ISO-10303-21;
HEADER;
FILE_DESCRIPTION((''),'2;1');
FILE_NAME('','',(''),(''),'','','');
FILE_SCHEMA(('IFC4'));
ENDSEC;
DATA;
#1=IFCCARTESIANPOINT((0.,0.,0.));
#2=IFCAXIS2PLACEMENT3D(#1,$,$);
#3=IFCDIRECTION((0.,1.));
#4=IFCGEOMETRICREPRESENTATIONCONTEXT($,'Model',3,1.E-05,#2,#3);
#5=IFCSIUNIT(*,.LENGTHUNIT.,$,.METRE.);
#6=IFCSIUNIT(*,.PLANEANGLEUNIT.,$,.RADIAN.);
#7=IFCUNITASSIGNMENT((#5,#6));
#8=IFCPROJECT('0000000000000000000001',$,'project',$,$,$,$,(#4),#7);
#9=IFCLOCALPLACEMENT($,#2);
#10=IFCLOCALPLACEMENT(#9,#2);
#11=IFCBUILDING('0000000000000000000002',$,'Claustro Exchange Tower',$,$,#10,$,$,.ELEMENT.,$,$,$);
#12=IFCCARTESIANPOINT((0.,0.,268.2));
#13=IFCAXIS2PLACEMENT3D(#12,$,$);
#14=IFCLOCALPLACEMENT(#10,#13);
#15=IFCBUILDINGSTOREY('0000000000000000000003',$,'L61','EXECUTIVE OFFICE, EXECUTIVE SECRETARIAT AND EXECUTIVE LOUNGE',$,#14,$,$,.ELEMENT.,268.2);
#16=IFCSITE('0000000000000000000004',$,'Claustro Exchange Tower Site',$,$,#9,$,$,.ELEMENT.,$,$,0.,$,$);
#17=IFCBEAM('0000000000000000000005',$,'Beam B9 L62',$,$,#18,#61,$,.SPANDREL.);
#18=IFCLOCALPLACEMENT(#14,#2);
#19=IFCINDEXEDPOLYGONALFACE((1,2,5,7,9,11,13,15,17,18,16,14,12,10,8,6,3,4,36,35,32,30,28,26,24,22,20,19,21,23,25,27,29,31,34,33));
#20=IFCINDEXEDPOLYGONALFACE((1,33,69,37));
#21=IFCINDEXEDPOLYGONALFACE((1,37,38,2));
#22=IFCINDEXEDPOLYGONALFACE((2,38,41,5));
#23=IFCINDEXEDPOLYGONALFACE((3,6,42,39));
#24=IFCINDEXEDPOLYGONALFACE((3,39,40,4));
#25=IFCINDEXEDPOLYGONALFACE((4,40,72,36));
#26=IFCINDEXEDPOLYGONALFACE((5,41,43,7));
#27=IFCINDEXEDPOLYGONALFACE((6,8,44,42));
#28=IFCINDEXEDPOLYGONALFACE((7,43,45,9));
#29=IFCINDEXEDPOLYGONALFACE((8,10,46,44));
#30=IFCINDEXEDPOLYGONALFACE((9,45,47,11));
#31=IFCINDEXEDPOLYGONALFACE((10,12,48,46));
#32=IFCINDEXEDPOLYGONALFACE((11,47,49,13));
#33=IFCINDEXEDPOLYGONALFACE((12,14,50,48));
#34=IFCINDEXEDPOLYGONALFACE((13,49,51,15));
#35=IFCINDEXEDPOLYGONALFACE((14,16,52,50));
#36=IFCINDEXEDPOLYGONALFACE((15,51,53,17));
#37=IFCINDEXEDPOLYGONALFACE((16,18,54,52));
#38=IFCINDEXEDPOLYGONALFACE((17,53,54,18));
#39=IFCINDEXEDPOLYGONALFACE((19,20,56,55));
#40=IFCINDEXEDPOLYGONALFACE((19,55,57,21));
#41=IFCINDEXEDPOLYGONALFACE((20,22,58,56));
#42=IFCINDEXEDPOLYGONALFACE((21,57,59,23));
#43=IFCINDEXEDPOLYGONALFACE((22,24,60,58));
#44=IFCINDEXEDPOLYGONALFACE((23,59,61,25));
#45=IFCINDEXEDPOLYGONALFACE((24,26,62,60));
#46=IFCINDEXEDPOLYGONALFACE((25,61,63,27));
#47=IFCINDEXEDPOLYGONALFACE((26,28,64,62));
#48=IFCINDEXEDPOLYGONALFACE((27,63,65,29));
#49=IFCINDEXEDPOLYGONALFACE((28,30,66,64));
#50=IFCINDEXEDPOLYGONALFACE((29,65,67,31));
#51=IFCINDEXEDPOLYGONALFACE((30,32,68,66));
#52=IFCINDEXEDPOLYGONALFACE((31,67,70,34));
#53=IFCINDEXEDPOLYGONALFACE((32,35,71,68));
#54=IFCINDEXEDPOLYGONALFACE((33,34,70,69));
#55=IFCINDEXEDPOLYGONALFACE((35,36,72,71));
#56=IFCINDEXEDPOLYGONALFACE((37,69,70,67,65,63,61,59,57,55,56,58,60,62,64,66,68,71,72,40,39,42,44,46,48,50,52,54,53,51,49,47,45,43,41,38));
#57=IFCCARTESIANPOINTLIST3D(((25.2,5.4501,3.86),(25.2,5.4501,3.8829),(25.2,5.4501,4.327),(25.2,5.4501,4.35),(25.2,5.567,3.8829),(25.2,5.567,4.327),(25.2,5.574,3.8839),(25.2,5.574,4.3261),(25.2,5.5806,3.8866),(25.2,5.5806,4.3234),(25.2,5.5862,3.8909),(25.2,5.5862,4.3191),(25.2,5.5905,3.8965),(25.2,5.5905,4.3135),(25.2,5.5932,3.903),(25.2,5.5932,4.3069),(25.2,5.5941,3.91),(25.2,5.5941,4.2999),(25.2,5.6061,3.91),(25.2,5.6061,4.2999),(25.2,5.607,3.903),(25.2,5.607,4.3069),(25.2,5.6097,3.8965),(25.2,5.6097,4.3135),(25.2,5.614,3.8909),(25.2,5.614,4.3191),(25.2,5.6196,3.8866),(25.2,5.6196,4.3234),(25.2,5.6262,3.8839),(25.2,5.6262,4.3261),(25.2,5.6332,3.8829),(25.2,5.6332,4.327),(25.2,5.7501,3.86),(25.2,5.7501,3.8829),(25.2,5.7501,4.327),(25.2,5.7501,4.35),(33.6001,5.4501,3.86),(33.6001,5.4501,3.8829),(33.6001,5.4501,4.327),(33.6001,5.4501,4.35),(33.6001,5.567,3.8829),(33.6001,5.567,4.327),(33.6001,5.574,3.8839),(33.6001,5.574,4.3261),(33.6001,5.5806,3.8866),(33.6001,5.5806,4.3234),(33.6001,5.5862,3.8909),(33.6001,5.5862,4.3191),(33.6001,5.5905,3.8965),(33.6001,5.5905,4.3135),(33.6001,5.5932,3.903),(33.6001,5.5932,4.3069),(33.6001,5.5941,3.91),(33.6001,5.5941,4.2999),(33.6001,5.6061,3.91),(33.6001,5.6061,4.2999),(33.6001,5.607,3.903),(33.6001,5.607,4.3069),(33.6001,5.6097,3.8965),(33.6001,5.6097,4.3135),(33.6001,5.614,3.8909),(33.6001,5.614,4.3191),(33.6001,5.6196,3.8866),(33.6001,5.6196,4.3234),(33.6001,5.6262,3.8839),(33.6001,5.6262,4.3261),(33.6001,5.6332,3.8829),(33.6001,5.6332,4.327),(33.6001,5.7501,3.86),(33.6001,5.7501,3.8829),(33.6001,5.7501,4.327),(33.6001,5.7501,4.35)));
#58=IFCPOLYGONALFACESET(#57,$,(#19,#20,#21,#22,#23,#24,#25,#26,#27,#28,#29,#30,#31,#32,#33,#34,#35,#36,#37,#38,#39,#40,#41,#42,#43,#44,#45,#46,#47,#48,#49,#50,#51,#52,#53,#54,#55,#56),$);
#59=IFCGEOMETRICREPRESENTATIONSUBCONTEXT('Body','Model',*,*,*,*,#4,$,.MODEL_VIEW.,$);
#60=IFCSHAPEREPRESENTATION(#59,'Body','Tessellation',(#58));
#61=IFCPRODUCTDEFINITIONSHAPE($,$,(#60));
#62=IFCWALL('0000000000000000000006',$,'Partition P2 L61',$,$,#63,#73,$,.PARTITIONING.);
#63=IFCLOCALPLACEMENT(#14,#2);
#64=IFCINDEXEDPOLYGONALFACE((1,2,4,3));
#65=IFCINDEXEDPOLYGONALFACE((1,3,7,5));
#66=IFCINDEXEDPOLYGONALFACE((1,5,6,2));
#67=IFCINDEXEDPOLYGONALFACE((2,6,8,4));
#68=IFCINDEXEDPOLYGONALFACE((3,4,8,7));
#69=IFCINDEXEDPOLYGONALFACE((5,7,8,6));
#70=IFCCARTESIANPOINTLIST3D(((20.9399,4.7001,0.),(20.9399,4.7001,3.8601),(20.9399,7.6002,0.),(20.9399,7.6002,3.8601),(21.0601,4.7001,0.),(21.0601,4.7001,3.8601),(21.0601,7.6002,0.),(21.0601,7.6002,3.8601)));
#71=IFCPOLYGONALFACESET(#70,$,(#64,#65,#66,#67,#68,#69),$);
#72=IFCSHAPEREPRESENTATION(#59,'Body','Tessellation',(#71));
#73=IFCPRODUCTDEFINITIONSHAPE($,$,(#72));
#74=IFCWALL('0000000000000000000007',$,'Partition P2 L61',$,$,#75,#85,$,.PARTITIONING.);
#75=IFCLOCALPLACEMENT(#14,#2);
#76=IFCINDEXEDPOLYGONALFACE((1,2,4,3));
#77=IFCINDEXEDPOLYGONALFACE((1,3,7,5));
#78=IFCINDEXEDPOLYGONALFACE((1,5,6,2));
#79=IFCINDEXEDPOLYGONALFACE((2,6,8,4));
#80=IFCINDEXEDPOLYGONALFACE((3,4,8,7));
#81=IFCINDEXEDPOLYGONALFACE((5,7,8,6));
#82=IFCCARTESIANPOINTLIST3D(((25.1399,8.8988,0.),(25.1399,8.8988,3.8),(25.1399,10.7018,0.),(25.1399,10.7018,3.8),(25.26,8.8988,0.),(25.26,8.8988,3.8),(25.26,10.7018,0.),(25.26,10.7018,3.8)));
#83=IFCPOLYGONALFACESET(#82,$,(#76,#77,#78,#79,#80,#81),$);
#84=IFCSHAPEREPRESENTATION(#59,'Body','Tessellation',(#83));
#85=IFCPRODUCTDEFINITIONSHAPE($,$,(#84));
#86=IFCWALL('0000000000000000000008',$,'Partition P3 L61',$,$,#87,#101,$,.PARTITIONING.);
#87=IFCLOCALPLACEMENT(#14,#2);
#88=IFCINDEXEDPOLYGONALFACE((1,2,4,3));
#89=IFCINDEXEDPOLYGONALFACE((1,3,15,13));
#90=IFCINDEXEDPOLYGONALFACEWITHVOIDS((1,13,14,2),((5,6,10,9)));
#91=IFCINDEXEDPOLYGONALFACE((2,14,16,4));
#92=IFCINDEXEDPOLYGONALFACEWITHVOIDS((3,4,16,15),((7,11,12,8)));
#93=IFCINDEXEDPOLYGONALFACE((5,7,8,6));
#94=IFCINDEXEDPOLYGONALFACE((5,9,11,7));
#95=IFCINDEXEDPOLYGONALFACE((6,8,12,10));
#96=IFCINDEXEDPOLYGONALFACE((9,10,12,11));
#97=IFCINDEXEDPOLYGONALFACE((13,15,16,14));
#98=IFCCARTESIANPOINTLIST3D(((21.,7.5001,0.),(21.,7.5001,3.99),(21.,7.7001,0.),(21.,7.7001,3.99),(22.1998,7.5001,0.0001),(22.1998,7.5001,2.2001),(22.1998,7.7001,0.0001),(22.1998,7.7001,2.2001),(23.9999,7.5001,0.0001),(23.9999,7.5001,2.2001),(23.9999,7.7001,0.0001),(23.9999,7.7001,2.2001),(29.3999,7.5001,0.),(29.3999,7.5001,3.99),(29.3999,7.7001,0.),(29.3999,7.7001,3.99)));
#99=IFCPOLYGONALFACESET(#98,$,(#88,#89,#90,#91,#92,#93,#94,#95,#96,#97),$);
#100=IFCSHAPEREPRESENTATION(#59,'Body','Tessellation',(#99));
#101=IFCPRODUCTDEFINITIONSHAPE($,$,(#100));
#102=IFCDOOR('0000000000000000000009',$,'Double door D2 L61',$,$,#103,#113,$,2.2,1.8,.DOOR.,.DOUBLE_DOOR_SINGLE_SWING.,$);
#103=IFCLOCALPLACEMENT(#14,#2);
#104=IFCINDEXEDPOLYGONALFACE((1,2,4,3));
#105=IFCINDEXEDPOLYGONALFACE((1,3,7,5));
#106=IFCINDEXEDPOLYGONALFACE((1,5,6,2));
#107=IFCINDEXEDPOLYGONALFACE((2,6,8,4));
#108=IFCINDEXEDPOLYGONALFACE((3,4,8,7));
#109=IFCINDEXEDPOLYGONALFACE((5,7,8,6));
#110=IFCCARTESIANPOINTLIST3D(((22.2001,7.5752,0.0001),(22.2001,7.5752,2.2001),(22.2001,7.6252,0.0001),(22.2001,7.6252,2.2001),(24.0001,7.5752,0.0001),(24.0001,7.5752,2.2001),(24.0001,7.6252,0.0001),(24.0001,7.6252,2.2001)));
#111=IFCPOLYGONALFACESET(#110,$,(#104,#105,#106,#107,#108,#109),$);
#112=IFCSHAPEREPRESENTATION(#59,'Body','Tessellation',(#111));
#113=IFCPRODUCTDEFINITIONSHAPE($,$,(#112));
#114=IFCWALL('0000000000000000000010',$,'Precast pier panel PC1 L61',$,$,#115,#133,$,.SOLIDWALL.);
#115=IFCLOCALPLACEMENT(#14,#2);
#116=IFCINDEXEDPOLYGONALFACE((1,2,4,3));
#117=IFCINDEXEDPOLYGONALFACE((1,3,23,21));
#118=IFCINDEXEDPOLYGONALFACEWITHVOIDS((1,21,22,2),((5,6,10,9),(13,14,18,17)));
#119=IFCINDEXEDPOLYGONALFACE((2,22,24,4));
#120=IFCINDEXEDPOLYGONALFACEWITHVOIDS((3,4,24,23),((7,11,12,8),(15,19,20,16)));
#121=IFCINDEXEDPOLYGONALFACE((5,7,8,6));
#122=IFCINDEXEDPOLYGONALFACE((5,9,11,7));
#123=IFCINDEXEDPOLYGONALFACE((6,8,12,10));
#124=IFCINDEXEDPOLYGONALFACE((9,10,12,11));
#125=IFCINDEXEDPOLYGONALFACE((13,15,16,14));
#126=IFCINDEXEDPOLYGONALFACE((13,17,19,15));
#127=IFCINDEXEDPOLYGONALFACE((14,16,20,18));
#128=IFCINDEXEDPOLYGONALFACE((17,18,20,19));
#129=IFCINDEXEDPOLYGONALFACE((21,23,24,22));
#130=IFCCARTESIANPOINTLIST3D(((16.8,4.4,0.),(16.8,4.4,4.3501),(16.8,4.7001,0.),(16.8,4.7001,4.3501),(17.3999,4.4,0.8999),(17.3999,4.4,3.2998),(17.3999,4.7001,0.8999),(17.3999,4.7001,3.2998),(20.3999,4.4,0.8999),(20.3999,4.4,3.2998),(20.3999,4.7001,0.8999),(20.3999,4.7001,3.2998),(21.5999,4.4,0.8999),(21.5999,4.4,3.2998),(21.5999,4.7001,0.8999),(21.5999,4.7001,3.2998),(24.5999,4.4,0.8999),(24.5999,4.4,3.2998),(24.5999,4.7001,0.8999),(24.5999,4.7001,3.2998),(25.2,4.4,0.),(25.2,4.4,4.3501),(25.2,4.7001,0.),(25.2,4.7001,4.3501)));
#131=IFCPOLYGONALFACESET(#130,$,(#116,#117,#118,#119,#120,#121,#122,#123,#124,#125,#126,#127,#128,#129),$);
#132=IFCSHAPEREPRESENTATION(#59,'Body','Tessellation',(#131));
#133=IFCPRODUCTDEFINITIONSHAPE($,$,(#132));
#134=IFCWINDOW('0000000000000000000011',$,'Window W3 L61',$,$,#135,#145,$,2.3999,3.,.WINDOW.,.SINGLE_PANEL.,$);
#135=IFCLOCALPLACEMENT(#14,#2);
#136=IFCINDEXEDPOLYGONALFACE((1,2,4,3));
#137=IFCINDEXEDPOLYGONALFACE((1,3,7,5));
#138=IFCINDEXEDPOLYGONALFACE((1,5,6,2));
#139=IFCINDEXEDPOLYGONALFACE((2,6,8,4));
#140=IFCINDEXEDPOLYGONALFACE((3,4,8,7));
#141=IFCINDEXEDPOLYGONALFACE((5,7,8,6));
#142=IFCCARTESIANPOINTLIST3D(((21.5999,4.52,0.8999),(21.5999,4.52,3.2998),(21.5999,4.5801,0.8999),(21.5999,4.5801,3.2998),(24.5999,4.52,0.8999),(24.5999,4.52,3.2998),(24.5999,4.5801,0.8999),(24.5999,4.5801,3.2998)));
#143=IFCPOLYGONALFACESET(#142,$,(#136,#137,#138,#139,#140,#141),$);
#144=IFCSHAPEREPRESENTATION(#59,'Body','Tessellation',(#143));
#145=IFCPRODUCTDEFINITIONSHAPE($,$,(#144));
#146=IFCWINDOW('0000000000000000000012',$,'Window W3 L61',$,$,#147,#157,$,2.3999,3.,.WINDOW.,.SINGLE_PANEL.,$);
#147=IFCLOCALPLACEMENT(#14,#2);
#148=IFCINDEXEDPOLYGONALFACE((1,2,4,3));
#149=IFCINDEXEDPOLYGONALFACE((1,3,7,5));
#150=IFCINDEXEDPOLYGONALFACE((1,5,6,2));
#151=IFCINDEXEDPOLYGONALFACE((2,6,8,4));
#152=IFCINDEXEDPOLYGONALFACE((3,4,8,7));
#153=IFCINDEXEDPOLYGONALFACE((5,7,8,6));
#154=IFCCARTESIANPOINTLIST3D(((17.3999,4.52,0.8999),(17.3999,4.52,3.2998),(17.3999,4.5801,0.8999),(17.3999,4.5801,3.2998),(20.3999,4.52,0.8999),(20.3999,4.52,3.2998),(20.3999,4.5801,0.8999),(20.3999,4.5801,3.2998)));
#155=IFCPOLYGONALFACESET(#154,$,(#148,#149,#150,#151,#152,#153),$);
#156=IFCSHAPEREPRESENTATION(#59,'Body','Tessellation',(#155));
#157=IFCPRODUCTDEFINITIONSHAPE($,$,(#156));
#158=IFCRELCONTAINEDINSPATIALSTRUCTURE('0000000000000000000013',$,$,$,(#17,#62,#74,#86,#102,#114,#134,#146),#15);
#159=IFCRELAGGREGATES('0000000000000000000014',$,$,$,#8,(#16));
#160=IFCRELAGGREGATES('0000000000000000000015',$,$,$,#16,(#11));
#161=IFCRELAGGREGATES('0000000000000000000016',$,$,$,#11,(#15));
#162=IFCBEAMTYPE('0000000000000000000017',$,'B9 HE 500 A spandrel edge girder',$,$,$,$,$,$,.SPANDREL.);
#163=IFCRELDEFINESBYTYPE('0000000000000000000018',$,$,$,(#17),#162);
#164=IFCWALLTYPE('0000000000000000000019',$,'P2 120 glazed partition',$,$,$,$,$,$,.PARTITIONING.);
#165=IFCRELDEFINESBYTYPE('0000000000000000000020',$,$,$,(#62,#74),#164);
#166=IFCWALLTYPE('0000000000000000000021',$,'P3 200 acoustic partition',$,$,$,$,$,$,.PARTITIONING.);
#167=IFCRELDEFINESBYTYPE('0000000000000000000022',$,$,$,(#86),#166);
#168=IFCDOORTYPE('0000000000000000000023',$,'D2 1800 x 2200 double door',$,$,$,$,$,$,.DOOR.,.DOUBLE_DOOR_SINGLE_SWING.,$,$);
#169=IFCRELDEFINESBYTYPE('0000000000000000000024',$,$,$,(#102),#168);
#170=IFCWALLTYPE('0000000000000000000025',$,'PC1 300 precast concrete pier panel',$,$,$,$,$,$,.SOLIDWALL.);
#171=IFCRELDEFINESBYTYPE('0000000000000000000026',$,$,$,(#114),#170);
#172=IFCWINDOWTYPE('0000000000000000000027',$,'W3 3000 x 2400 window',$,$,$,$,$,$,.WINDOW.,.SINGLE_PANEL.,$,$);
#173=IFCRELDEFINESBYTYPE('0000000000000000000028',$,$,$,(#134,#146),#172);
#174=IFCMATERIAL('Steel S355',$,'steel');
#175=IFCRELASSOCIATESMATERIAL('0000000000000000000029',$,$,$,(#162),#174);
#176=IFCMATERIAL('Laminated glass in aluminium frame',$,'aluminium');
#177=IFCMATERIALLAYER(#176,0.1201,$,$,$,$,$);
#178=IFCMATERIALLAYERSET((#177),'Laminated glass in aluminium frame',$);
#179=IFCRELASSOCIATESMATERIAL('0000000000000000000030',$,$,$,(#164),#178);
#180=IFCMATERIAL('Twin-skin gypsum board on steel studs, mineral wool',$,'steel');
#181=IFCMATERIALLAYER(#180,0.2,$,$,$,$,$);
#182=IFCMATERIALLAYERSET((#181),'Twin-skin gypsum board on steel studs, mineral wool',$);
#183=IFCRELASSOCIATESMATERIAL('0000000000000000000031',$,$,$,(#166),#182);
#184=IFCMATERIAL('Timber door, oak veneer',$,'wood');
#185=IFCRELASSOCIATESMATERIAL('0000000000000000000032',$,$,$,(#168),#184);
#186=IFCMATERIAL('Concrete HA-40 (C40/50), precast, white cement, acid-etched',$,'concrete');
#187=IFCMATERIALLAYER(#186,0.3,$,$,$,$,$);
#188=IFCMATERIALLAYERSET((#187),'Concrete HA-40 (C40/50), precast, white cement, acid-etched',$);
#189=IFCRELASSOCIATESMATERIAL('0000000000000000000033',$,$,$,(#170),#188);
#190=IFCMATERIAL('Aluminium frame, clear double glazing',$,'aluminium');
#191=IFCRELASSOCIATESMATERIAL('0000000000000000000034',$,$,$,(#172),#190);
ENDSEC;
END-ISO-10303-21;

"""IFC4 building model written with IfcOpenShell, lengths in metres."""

from ifc_helpers import new_model, si_unit, direction, frame, frame_2d, origin, origin_2d, place, context, subcontext, project, spatial, rectangle, i_section, extrude, material, layer, layer_set, material_profile, profile_set, type_object, element, fill, save


model = new_model("IFC4")

# Units and contexts
model_context = context("Model", 3, precision=1e-05, world=origin(), true_north=direction((0.0, 1.0)))
body_context = subcontext(model_context, "Body", "Model", "MODEL_VIEW")
ifc_project = project(units=[si_unit("LENGTHUNIT", "METRE"), si_unit("PLANEANGLEUNIT", "RADIAN")], contexts=[model_context])

# Site, building, storey
site_placement = place(None, origin())
site = spatial("IfcSite", under=ifc_project, at=site_placement, Name="Claustro Exchange Tower Site", CompositionType="ELEMENT", RefElevation=0.0)
building_placement = place(site_placement, origin())
building = spatial("IfcBuilding", under=site, at=building_placement, Name="Claustro Exchange Tower", CompositionType="ELEMENT")
storey_placement = place(building_placement, frame((0.0, 0.0, 268.2)))
storey = spatial("IfcBuildingStorey", under=building, at=storey_placement, Name="L61", Description="EXECUTIVE OFFICE, EXECUTIVE SECRETARIAT AND EXECUTIVE LOUNGE", CompositionType="ELEMENT", Elevation=268.2)

# Beam
ifc_material_1 = material(Name="Steel S355", Category="steel")
ifc_material_profile_1 = material_profile(ifc_material_1, i_section(OverallWidth=0.3, OverallDepth=0.49, WebThickness=0.012, FlangeThickness=0.0229, FilletRadius=0.0271, at=origin_2d()), Name="HE 500 A")
ifc_profile_set_1 = profile_set([ifc_material_profile_1], Name="Steel S355")
beam_type_1 = type_object("IfcBeamType", Name="B9 HE 500 A spandrel edge girder", PredefinedType="SPANDREL", material=ifc_profile_set_1)
beam_1_placement = place(storey_placement, frame((25.2, 5.6001, 4.105), z_axis=(1.0, 0.0, 0.0), x_axis=(0.0, 1.0, 0.0)))
element("IfcBeam", 1, at=beam_1_placement, inside=storey, type_object=beam_type_1, Name="Beam B9 L62", PredefinedType="SPANDREL", context=body_context, shape_type="SweptSolid", body=[
    extrude(i_section(OverallWidth=0.3, OverallDepth=0.49, WebThickness=0.012, FlangeThickness=0.0229, FilletRadius=0.0271, at=origin_2d()), origin(), (0.0, 0.0, 1.0), 8.4001),
])

# Walls
ifc_material_2 = material(Name="Laminated glass in aluminium frame", Category="aluminium")
ifc_layer_1 = layer(ifc_material_2, 0.1201)
ifc_layer_set_1 = layer_set([ifc_layer_1], Name="Laminated glass in aluminium frame")
wall_type_1 = type_object("IfcWallType", Name="P2 120 glazed partition", PredefinedType="PARTITIONING", material=ifc_layer_set_1)
wall_1_placement = place(storey_placement, frame((21.0, 4.7, 0.0), z_axis=(0.0, 0.0, 1.0), x_axis=(0.0, 1.0, 0.0)))
element("IfcWall", 2, at=wall_1_placement, inside=storey, type_object=wall_type_1, Name="Partition P2 L61", PredefinedType="PARTITIONING", context=body_context, shape_type="SweptSolid", body=[
    extrude(rectangle(XDim=2.9001, YDim=0.1201, at=frame_2d((1.4502, 0.0))), origin(), (0.0, 0.0, 1.0), 3.8601),
])
wall_2_placement = place(storey_placement, frame((25.2, 8.8989, 0.0), z_axis=(0.0, 0.0, 1.0), x_axis=(0.0, 1.0, 0.0)))
element("IfcWall", 3, at=wall_2_placement, inside=storey, type_object=wall_type_1, Name="Partition P2 L61", PredefinedType="PARTITIONING", context=body_context, shape_type="SweptSolid", body=[
    extrude(rectangle(XDim=1.803, YDim=0.1201, at=frame_2d((0.9014, 0.0))), origin(), (0.0, 0.0, 1.0), 3.8),
])

# Wall, opening, door
ifc_material_3 = material(Name="Twin-skin gypsum board on steel studs, mineral wool", Category="steel")
ifc_layer_2 = layer(ifc_material_3, 0.2)
ifc_layer_set_2 = layer_set([ifc_layer_2], Name="Twin-skin gypsum board on steel studs, mineral wool")
wall_type_2 = type_object("IfcWallType", Name="P3 200 acoustic partition", PredefinedType="PARTITIONING", material=ifc_layer_set_2)
wall_3_placement = place(storey_placement, frame((21.0, 7.6001, 0.0), z_axis=(0.0, 0.0, 1.0), x_axis=(1.0, 0.0, 0.0)))
wall_3 = element("IfcWall", 4, at=wall_3_placement, inside=storey, type_object=wall_type_2, Name="Partition P3 L61", PredefinedType="PARTITIONING", context=body_context, shape_type="SweptSolid", body=[
    extrude(rectangle(XDim=8.3999, YDim=0.2, at=frame_2d((4.2, 0.0))), origin(), (0.0, 0.0, 1.0), 3.99),
])
opening_1_placement = place(wall_3_placement, frame((1.2, 0.0, 0.0)))
opening_1 = element("IfcOpeningElement", 5, at=opening_1_placement, cuts=wall_3, PredefinedType="OPENING", context=body_context, shape_type="SweptSolid", body=[
    extrude(rectangle(XDim=1.8, YDim=2.2, at=frame_2d((0.8999, 1.1001))), frame((0.0, 0.1099, 0.0), z_axis=(0.0, -1.0, 0.0), x_axis=(1.0, 0.0, 0.0)), (0.0, 0.0, 1.0), 0.22),
])
ifc_material_4 = material(Name="Timber door, oak veneer", Category="wood")
door_type = type_object("IfcDoorType", Name="D2 1800 x 2200 double door", OperationType="DOUBLE_DOOR_SINGLE_SWING", PredefinedType="DOOR", material=ifc_material_4)
door_placement = place(opening_1_placement, frame((1.8, 0.0, 0.0), z_axis=(0.0, 0.0, 1.0), x_axis=(-1.0, 0.0, 0.0)))
door = element("IfcDoor", 6, at=door_placement, inside=storey, type_object=door_type, Name="Double door D2 L61", OperationType="DOUBLE_DOOR_SINGLE_SWING", OverallHeight=2.2, OverallWidth=1.8, PredefinedType="DOOR", context=body_context, shape_type="SweptSolid", body=[
    extrude(rectangle(XDim=1.8, YDim=2.2, at=frame_2d((0.8999, 1.1001))), frame((0.0, 0.0249, 0.0), z_axis=(0.0, -1.0, 0.0), x_axis=(1.0, 0.0, 0.0)), (0.0, 0.0, 1.0), 0.05),
])
fill(opening_1, door)

# Wall, openings, windows
ifc_material_5 = material(Name="Concrete HA-40 (C40/50), precast, white cement, acid-etched", Category="concrete")
ifc_layer_3 = layer(ifc_material_5, 0.3)
ifc_layer_set_3 = layer_set([ifc_layer_3], Name="Concrete HA-40 (C40/50), precast, white cement, acid-etched")
wall_type_3 = type_object("IfcWallType", Name="PC1 300 precast concrete pier panel", PredefinedType="SOLIDWALL", material=ifc_layer_set_3)
wall_4_placement = place(storey_placement, frame((25.2, 4.55, 0.0), z_axis=(0.0, 0.0, 1.0), x_axis=(-1.0, 0.0, 0.0)))
wall_4 = element("IfcWall", 7, at=wall_4_placement, inside=storey, type_object=wall_type_3, Name="Precast pier panel PC1 L61", PredefinedType="SOLIDWALL", context=body_context, shape_type="SweptSolid", body=[
    extrude(rectangle(XDim=8.3999, YDim=0.3, at=frame_2d((4.2, 0.0))), origin(), (0.0, 0.0, 1.0), 4.3501),
])
opening_2_placement = place(wall_4_placement, frame((0.6001, 0.0, 0.8999)))
opening_2 = element("IfcOpeningElement", 8, at=opening_2_placement, cuts=wall_4, PredefinedType="OPENING", context=body_context, shape_type="SweptSolid", body=[
    extrude(rectangle(XDim=3.0, YDim=2.3999, at=frame_2d((1.5, 1.2))), frame((0.0, 0.1599, 0.0), z_axis=(0.0, -1.0, 0.0), x_axis=(1.0, 0.0, 0.0)), (0.0, 0.0, 1.0), 0.3201),
])
opening_3_placement = place(wall_4_placement, frame((4.8, 0.0, 0.8999)))
opening_3 = element("IfcOpeningElement", 9, at=opening_3_placement, cuts=wall_4, PredefinedType="OPENING", context=body_context, shape_type="SweptSolid", body=[
    extrude(rectangle(XDim=3.0, YDim=2.3999, at=frame_2d((1.5, 1.2))), frame((0.0, 0.1599, 0.0), z_axis=(0.0, -1.0, 0.0), x_axis=(1.0, 0.0, 0.0)), (0.0, 0.0, 1.0), 0.3201),
])
ifc_material_6 = material(Name="Aluminium frame, clear double glazing", Category="aluminium")
window_type_1 = type_object("IfcWindowType", Name="W3 3000 x 2400 window", PartitioningType="SINGLE_PANEL", PredefinedType="WINDOW", material=ifc_material_6)
window_1_placement = place(opening_2_placement, origin())
window_1 = element("IfcWindow", 10, at=window_1_placement, inside=storey, type_object=window_type_1, Name="Window W3 L61", OverallHeight=2.3999, OverallWidth=3.0, PartitioningType="SINGLE_PANEL", PredefinedType="WINDOW", context=body_context, shape_type="SweptSolid", body=[
    extrude(rectangle(XDim=3.0, YDim=2.3999, at=frame_2d((1.5, 1.2))), frame((0.0, 0.03, 0.0), z_axis=(0.0, -1.0, 0.0), x_axis=(1.0, 0.0, 0.0)), (0.0, 0.0, 1.0), 0.0601),
])
fill(opening_2, window_1)
window_2_placement = place(opening_3_placement, origin())
window_2 = element("IfcWindow", 11, at=window_2_placement, inside=storey, type_object=window_type_1, Name="Window W3 L61", OverallHeight=2.3999, OverallWidth=3.0, PartitioningType="SINGLE_PANEL", PredefinedType="WINDOW", context=body_context, shape_type="SweptSolid", body=[
    extrude(rectangle(XDim=3.0, YDim=2.3999, at=frame_2d((1.5, 1.2))), frame((0.0, 0.03, 0.0), z_axis=(0.0, -1.0, 0.0), x_axis=(1.0, 0.0, 0.0)), (0.0, 0.0, 1.0), 0.0601),
])
fill(opening_3, window_2)

save(model, "model.ifc")
